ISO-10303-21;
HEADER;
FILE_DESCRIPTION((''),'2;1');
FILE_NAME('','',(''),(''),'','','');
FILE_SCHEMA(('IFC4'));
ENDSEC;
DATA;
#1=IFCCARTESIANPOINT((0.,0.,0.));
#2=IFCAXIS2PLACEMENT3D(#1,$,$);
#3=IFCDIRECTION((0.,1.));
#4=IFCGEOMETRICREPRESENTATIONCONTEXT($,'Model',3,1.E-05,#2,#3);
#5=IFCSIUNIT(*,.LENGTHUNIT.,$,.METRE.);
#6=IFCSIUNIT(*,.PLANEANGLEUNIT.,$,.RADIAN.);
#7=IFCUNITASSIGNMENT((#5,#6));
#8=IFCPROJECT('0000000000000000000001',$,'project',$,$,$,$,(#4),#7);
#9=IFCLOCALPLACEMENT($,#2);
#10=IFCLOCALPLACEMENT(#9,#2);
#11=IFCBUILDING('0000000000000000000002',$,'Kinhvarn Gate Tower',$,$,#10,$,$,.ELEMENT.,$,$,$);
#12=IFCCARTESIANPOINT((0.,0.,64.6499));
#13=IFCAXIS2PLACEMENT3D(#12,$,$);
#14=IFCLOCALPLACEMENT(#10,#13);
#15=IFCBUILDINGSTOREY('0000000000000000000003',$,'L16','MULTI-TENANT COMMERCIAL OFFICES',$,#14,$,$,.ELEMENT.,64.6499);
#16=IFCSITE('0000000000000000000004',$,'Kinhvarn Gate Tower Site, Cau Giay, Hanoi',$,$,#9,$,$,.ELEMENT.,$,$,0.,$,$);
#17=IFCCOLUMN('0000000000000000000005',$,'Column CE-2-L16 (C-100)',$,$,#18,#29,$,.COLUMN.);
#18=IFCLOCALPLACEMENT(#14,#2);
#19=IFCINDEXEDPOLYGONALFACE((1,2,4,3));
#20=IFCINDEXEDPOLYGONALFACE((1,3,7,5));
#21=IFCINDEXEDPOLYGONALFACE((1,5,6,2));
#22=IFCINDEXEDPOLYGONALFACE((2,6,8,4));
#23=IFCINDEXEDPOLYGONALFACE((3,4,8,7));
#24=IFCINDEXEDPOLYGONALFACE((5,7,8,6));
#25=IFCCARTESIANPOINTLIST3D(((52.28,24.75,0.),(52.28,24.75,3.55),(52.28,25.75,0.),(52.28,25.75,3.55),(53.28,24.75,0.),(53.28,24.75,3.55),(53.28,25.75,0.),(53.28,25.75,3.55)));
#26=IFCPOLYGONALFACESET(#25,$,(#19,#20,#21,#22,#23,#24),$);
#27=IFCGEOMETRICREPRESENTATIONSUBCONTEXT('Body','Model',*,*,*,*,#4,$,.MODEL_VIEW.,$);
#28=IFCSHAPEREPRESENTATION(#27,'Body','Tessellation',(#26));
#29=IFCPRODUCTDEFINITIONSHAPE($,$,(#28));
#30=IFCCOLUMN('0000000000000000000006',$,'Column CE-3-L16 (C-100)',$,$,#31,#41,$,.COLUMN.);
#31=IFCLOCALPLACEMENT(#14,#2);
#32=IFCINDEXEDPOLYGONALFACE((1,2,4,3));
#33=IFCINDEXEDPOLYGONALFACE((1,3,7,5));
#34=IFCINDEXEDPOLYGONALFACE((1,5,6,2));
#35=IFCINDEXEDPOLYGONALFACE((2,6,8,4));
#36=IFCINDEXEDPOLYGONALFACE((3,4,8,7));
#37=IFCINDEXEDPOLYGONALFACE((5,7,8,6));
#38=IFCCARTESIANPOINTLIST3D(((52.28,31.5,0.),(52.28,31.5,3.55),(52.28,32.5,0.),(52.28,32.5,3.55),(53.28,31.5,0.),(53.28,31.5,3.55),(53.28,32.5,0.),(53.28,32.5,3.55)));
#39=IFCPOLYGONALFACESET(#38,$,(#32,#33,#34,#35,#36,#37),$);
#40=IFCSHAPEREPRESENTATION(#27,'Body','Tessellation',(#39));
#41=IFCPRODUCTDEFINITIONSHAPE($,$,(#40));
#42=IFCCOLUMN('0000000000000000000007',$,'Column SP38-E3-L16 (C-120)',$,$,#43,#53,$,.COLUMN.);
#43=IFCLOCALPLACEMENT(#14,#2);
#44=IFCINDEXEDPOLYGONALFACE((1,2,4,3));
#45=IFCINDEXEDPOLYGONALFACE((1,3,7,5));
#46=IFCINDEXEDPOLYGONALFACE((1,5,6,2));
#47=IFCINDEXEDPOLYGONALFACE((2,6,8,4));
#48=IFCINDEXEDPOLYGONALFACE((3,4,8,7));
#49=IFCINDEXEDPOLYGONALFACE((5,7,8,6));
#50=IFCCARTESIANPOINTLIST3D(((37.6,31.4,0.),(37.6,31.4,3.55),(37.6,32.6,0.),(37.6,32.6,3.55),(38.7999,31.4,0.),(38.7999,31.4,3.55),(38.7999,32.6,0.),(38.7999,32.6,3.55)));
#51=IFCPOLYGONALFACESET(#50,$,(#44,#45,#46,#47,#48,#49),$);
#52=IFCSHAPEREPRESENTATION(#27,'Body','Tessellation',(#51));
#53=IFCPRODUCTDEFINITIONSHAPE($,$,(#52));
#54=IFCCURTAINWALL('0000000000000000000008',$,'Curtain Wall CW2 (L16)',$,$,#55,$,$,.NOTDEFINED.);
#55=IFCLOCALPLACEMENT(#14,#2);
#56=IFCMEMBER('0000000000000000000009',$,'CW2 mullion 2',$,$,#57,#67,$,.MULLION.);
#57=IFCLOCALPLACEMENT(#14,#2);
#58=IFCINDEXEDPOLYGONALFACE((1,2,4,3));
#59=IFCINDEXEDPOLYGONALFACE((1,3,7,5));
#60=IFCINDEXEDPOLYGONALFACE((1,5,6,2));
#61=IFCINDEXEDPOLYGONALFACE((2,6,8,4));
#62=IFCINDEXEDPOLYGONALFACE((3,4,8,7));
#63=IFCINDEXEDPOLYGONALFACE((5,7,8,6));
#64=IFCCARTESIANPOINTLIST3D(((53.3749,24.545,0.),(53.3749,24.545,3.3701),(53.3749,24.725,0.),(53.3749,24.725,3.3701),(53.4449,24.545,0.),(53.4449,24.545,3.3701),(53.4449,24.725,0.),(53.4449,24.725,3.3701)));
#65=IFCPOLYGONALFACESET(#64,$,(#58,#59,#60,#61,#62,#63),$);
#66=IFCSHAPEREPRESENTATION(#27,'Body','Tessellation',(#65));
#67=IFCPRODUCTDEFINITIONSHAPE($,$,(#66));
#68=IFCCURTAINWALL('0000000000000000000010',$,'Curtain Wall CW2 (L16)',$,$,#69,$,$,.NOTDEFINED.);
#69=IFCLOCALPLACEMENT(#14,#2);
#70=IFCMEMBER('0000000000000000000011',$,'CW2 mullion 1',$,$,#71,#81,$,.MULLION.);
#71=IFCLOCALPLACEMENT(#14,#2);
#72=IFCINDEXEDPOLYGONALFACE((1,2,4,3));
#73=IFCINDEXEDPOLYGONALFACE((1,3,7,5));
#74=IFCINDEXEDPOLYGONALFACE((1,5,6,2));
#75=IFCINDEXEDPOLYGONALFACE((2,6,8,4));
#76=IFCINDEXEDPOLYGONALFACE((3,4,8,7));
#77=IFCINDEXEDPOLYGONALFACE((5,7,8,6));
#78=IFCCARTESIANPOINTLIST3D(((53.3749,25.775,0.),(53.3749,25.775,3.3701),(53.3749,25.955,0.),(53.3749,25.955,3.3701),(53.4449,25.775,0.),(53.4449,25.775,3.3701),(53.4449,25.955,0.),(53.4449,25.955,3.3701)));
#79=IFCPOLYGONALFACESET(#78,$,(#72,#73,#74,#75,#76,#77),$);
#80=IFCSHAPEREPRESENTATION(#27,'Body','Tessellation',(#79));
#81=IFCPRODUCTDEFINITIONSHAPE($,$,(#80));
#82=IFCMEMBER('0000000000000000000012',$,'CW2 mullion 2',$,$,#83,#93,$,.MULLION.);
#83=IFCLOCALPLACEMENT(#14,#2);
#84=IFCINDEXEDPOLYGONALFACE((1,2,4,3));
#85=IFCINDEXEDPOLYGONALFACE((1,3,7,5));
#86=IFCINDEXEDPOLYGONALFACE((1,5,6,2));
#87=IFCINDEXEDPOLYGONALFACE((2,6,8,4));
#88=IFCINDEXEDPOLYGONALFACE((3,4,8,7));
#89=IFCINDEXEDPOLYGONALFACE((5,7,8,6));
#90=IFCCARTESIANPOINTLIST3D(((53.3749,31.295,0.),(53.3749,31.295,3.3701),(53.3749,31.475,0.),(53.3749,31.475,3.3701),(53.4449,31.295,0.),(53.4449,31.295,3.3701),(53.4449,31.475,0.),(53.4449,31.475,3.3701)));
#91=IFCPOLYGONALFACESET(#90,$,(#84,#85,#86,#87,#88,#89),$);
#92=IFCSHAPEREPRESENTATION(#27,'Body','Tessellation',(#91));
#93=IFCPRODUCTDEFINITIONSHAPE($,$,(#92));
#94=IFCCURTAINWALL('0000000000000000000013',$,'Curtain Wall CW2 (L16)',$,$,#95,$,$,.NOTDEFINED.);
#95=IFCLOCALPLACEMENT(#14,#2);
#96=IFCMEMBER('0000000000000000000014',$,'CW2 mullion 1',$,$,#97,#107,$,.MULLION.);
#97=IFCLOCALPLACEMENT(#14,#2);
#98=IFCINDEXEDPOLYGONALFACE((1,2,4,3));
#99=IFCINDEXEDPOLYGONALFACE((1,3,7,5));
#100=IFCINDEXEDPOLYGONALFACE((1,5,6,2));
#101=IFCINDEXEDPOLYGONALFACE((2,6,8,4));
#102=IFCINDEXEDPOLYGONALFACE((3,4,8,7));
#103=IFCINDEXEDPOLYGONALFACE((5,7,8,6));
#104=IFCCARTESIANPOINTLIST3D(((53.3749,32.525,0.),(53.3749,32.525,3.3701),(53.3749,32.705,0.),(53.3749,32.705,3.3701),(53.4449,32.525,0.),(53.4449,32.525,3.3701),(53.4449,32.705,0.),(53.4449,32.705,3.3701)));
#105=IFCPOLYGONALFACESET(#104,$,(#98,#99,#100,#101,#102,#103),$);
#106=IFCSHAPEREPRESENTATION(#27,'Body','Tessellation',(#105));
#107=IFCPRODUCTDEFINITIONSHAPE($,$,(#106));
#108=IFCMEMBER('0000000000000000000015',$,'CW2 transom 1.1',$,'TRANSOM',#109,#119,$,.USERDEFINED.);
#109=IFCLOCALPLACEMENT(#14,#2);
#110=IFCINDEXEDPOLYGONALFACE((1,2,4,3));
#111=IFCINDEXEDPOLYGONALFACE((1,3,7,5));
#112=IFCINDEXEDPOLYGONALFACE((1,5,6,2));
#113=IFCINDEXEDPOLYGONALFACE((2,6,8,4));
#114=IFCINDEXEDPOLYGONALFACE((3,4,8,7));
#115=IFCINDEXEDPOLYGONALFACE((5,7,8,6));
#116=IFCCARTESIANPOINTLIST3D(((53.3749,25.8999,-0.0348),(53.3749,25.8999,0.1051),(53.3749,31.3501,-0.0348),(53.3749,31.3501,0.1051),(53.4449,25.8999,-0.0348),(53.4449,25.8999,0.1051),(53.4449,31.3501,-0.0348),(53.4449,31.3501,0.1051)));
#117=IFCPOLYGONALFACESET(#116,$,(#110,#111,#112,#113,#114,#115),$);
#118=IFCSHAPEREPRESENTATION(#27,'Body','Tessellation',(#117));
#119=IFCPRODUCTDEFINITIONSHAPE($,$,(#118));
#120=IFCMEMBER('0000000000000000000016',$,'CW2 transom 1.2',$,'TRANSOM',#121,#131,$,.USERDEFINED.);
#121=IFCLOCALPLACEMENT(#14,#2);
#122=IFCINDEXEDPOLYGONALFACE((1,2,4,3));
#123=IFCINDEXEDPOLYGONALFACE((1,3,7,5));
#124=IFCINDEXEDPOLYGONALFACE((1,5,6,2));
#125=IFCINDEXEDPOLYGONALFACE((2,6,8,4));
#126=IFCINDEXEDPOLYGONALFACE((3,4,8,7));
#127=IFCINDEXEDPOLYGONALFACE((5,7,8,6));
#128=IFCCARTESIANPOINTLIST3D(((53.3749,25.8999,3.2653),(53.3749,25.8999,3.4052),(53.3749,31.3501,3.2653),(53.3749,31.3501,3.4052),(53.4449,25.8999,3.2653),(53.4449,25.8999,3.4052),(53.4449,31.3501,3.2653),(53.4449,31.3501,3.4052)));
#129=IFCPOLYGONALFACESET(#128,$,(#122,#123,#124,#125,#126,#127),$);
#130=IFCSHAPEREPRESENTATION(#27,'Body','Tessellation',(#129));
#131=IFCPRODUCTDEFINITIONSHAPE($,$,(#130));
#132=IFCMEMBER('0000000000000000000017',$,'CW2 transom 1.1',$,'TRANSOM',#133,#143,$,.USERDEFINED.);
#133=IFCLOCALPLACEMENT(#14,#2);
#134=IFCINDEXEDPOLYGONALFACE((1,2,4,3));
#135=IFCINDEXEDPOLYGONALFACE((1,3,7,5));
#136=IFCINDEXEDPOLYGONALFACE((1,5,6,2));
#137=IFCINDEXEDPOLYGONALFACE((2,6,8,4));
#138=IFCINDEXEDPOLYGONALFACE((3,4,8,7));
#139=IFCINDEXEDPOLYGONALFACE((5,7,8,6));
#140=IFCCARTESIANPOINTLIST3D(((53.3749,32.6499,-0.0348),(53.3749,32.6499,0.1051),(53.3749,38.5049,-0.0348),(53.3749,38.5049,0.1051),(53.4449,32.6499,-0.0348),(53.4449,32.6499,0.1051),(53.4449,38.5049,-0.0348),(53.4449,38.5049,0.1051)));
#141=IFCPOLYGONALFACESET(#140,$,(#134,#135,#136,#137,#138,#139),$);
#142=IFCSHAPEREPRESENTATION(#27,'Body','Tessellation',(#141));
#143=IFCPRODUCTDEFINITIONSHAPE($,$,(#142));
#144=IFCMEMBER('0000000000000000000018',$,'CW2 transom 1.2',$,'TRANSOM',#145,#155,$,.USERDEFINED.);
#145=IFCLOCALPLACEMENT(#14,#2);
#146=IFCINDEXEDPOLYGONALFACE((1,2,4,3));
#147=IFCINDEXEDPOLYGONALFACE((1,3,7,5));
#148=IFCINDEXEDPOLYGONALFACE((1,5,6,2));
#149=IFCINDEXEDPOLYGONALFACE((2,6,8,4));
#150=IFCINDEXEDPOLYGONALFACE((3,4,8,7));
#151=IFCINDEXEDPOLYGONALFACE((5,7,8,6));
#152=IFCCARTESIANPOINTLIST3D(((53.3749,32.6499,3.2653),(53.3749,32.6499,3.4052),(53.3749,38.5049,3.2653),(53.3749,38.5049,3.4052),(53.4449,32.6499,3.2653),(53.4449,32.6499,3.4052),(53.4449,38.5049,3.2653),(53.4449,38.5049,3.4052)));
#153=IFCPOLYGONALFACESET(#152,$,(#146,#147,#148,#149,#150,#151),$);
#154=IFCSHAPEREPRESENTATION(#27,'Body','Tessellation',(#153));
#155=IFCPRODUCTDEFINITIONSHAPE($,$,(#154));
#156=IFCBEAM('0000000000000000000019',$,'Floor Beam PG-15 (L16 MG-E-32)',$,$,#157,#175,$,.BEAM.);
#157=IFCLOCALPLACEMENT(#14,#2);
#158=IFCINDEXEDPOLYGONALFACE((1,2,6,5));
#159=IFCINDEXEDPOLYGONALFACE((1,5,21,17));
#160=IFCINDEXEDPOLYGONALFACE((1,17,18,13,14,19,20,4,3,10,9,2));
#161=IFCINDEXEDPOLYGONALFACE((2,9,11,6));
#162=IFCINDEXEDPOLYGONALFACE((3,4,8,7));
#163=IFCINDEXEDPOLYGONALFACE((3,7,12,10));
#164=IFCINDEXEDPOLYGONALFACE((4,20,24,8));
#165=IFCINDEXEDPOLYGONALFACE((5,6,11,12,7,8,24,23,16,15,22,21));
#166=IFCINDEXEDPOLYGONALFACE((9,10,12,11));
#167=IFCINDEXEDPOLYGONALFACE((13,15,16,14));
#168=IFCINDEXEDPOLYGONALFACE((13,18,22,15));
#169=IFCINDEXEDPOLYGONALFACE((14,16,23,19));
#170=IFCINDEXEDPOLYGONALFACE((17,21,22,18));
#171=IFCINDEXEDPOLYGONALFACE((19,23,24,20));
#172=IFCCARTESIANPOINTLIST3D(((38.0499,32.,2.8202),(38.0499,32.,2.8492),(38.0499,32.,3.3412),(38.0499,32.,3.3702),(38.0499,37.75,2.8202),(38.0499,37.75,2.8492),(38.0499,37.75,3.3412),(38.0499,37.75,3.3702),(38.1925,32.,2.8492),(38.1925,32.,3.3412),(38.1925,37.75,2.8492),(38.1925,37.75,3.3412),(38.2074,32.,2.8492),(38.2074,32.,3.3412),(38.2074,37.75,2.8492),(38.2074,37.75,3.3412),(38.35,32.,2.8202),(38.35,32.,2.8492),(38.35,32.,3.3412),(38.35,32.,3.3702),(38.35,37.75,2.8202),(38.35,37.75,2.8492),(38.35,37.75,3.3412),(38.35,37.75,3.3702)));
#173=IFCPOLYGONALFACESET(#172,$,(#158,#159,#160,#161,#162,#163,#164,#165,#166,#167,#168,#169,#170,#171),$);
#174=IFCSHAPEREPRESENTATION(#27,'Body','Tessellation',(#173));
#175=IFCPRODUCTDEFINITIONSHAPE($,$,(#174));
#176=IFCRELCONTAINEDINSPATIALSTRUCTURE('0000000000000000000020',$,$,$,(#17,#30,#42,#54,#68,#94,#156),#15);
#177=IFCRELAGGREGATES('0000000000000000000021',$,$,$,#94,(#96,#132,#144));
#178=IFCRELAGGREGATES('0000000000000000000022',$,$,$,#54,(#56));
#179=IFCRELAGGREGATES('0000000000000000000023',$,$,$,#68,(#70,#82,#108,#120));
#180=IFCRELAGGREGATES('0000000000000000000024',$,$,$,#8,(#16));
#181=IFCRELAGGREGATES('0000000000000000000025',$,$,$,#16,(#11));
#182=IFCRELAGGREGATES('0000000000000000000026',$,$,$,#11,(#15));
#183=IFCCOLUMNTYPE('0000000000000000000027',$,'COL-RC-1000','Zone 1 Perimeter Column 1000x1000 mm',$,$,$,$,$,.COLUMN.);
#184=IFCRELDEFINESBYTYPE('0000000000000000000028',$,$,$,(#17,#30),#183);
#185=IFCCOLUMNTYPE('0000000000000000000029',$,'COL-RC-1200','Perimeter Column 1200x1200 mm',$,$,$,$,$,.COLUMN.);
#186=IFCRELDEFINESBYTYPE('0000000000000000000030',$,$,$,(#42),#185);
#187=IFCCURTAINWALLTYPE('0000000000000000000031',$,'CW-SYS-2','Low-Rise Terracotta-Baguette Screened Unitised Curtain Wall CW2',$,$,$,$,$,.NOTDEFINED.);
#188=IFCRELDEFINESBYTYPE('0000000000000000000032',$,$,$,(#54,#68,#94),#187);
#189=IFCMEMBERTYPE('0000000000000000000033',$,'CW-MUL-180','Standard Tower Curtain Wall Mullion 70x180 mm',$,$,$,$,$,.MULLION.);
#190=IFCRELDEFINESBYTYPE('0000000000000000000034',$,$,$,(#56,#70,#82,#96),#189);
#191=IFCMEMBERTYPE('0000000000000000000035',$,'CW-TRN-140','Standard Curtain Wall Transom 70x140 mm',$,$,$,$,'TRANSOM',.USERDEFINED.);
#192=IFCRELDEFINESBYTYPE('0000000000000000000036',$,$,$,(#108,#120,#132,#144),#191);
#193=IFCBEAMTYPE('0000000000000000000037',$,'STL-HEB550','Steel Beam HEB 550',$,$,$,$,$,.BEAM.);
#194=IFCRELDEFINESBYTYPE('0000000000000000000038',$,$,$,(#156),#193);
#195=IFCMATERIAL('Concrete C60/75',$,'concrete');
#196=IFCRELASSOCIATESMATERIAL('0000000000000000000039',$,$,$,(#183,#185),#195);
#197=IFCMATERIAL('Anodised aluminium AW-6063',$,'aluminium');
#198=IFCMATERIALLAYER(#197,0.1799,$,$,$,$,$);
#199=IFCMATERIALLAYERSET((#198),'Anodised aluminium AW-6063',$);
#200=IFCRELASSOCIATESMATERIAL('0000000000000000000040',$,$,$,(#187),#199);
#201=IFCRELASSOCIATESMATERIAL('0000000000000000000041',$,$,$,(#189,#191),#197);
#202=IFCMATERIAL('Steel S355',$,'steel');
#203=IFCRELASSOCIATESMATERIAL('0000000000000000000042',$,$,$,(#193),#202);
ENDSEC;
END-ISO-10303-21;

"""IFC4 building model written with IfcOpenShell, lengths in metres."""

from ifc_helpers import new_model, si_unit, direction, frame, origin, origin_2d, place, context, subcontext, project, spatial, rectangle, i_section, extrude, material, layer, layer_set, material_profile, profile_set, type_object, element, aggregate, save


model = new_model("IFC4")

# Units and contexts
model_context = context("Model", 3, precision=1e-05, world=origin(), true_north=direction((0.0, 1.0)))
body_context = subcontext(model_context, "Body", "Model", "MODEL_VIEW")
ifc_project = project(units=[si_unit("LENGTHUNIT", "METRE"), si_unit("PLANEANGLEUNIT", "RADIAN")], contexts=[model_context])

# Site, building, storey
site_placement = place(None, origin())
site = spatial("IfcSite", under=ifc_project, at=site_placement, Name="Kinhvarn Gate Tower Site, Cau Giay, Hanoi", CompositionType="ELEMENT", RefElevation=0.0)
building_placement = place(site_placement, origin())
building = spatial("IfcBuilding", under=site, at=building_placement, Name="Kinhvarn Gate Tower", CompositionType="ELEMENT")
storey_placement = place(building_placement, frame((0.0, 0.0, 64.6499)))
storey = spatial("IfcBuildingStorey", under=building, at=storey_placement, Name="L16", Description="MULTI-TENANT COMMERCIAL OFFICES", CompositionType="ELEMENT", Elevation=64.6499)

# Columns
ifc_material_1 = material(Name="Concrete C60/75", Category="concrete")
ifc_material_profile_1 = material_profile(ifc_material_1, rectangle(XDim=1.0, YDim=1.0, at=origin_2d()), Name="RC 1000x1000")
ifc_profile_set_1 = profile_set([ifc_material_profile_1], Name="Concrete C60/75")
column_type_1 = type_object("IfcColumnType", Name="COL-RC-1000", Description="Zone 1 Perimeter Column 1000x1000 mm", PredefinedType="COLUMN", material=ifc_profile_set_1)
for number, where, z_axis, x_axis, name in (
    (1, (52.78, 25.25, 0.0), (0.0, 0.0, 1.0), (1.0, 0.0, 0.0), "Column CE-2-L16 (C-100)"),
    (2, (52.78, 32.0, 0.0), (0.0, 0.0, 1.0), (1.0, 0.0, 0.0), "Column CE-3-L16 (C-100)"),
):
    element("IfcColumn", number, at=place(storey_placement, frame(where, z_axis=z_axis, x_axis=x_axis)), inside=storey, type_object=column_type_1, Name=name, PredefinedType="COLUMN", context=body_context, shape_type="SweptSolid", body=[
        extrude(rectangle(XDim=1.0, YDim=1.0, at=origin_2d()), origin(), (0.0, 0.0, 1.0), 3.55),
    ])
ifc_material_profile_2 = material_profile(ifc_material_1, rectangle(XDim=1.2, YDim=1.2, at=origin_2d()), Name="RC 1200x1200")
ifc_profile_set_2 = profile_set([ifc_material_profile_2], Name="Concrete C60/75")
column_type_2 = type_object("IfcColumnType", Name="COL-RC-1200", Description="Perimeter Column 1200x1200 mm", PredefinedType="COLUMN", material=ifc_profile_set_2)
column_placement = place(storey_placement, frame((38.2, 32.0, 0.0), z_axis=(0.0, 0.0, 1.0), x_axis=(1.0, 0.0, 0.0)))
element("IfcColumn", 3, at=column_placement, inside=storey, type_object=column_type_2, Name="Column SP38-E3-L16 (C-120)", PredefinedType="COLUMN", context=body_context, shape_type="SweptSolid", body=[
    extrude(rectangle(XDim=1.2, YDim=1.2, at=origin_2d()), origin(), (0.0, 0.0, 1.0), 3.55),
])

# Curtain wall, member
ifc_material_2 = material(Name="Anodised aluminium AW-6063", Category="aluminium")
ifc_layer_1 = layer(ifc_material_2, 0.1799)
ifc_layer_set_1 = layer_set([ifc_layer_1], Name="Anodised aluminium AW-6063")
curtain_wall_type = type_object("IfcCurtainWallType", Name="CW-SYS-2", Description="Low-Rise Terracotta-Baguette Screened Unitised Curtain Wall CW2", PredefinedType="NOTDEFINED", material=ifc_layer_set_1)
curtain_wall_1_placement = place(storey_placement, origin())
curtain_wall_1 = element("IfcCurtainWall", 4, at=curtain_wall_1_placement, inside=storey, type_object=curtain_wall_type, Name="Curtain Wall CW2 (L16)", PredefinedType="NOTDEFINED")
ifc_material_profile_3 = material_profile(ifc_material_2, rectangle(XDim=0.0701, YDim=0.1799, at=origin_2d()), Name="ALU 70x180")
ifc_profile_set_3 = profile_set([ifc_material_profile_3], Name="Anodised aluminium AW-6063")
member_type_1 = type_object("IfcMemberType", Name="CW-MUL-180", Description="Standard Tower Curtain Wall Mullion 70x180 mm", PredefinedType="MULLION", material=ifc_profile_set_3)
member_1_placement = place(storey_placement, frame((53.4099, 24.635, 0.0), z_axis=(0.0, 0.0, 1.0), x_axis=(-1.0, 0.0, 0.0)))
member_1 = element("IfcMember", 5, at=member_1_placement, type_object=member_type_1, Name="CW2 mullion 2", PredefinedType="MULLION", context=body_context, shape_type="SweptSolid", body=[
    extrude(rectangle(XDim=0.0701, YDim=0.1799, at=origin_2d()), origin(), (0.0, 0.0, 1.0), 3.3701),
])

# Curtain wall, members
curtain_wall_2_placement = place(storey_placement, origin())
curtain_wall_2 = element("IfcCurtainWall", 6, at=curtain_wall_2_placement, inside=storey, type_object=curtain_wall_type, Name="Curtain Wall CW2 (L16)", PredefinedType="NOTDEFINED")
member_2_placement = place(storey_placement, frame((53.4099, 25.865, 0.0), z_axis=(0.0, 0.0, 1.0), x_axis=(-1.0, 0.0, 0.0)))
member_2 = element("IfcMember", 7, at=member_2_placement, type_object=member_type_1, Name="CW2 mullion 1", PredefinedType="MULLION", context=body_context, shape_type="SweptSolid", body=[
    extrude(rectangle(XDim=0.0701, YDim=0.1799, at=origin_2d()), origin(), (0.0, 0.0, 1.0), 3.3701),
])
member_3_placement = place(storey_placement, frame((53.4099, 31.385, 0.0), z_axis=(0.0, 0.0, 1.0), x_axis=(-1.0, 0.0, 0.0)))
member_3 = element("IfcMember", 8, at=member_3_placement, type_object=member_type_1, Name="CW2 mullion 2", PredefinedType="MULLION", context=body_context, shape_type="SweptSolid", body=[
    extrude(rectangle(XDim=0.0701, YDim=0.1799, at=origin_2d()), origin(), (0.0, 0.0, 1.0), 3.3701),
])

# Curtain wall, member
curtain_wall_3_placement = place(storey_placement, origin())
curtain_wall_3 = element("IfcCurtainWall", 9, at=curtain_wall_3_placement, inside=storey, type_object=curtain_wall_type, Name="Curtain Wall CW2 (L16)", PredefinedType="NOTDEFINED")
member_4_placement = place(storey_placement, frame((53.4099, 32.615, 0.0), z_axis=(0.0, 0.0, 1.0), x_axis=(-1.0, 0.0, 0.0)))
member_4 = element("IfcMember", 10, at=member_4_placement, type_object=member_type_1, Name="CW2 mullion 1", PredefinedType="MULLION", context=body_context, shape_type="SweptSolid", body=[
    extrude(rectangle(XDim=0.0701, YDim=0.1799, at=origin_2d()), origin(), (0.0, 0.0, 1.0), 3.3701),
])

# Members
ifc_material_profile_4 = material_profile(ifc_material_2, rectangle(XDim=0.0701, YDim=0.1399, at=origin_2d()), Name="ALU 70x140")
ifc_profile_set_4 = profile_set([ifc_material_profile_4], Name="Anodised aluminium AW-6063")
member_type_2 = type_object("IfcMemberType", Name="CW-TRN-140", Description="Standard Curtain Wall Transom 70x140 mm", ElementType="TRANSOM", PredefinedType="USERDEFINED", material=ifc_profile_set_4)
member_5_placement = place(storey_placement, frame((53.4099, 25.8999, 0.0352), z_axis=(0.0, 1.0, 0.0), x_axis=(-1.0, 0.0, 0.0)))
member_5 = element("IfcMember", 11, at=member_5_placement, type_object=member_type_2, Name="CW2 transom 1.1", ObjectType="TRANSOM", PredefinedType="USERDEFINED", context=body_context, shape_type="SweptSolid", body=[
    extrude(rectangle(XDim=0.0701, YDim=0.1399, at=origin_2d()), origin(), (0.0, 0.0, 1.0), 5.4502),
])
member_6_placement = place(storey_placement, frame((53.4099, 25.8999, 3.3352), z_axis=(0.0, 1.0, 0.0), x_axis=(-1.0, 0.0, 0.0)))
member_6 = element("IfcMember", 12, at=member_6_placement, type_object=member_type_2, Name="CW2 transom 1.2", ObjectType="TRANSOM", PredefinedType="USERDEFINED", context=body_context, shape_type="SweptSolid", body=[
    extrude(rectangle(XDim=0.0701, YDim=0.1399, at=origin_2d()), origin(), (0.0, 0.0, 1.0), 5.4502),
])
member_7_placement = place(storey_placement, frame((53.4099, 32.6499, 0.0352), z_axis=(0.0, 1.0, 0.0), x_axis=(-1.0, 0.0, 0.0)))
member_7 = element("IfcMember", 13, at=member_7_placement, type_object=member_type_2, Name="CW2 transom 1.1", ObjectType="TRANSOM", PredefinedType="USERDEFINED", context=body_context, shape_type="SweptSolid", body=[
    extrude(rectangle(XDim=0.0701, YDim=0.1399, at=origin_2d()), origin(), (0.0, 0.0, 1.0), 5.855),
])
member_8_placement = place(storey_placement, frame((53.4099, 32.6499, 3.3352), z_axis=(0.0, 1.0, 0.0), x_axis=(-1.0, 0.0, 0.0)))
member_8 = element("IfcMember", 14, at=member_8_placement, type_object=member_type_2, Name="CW2 transom 1.2", ObjectType="TRANSOM", PredefinedType="USERDEFINED", context=body_context, shape_type="SweptSolid", body=[
    extrude(rectangle(XDim=0.0701, YDim=0.1399, at=origin_2d()), origin(), (0.0, 0.0, 1.0), 5.855),
])
aggregate(curtain_wall_3, [member_4, member_7, member_8])

# Beam
ifc_material_3 = material(Name="Steel S355", Category="steel")
ifc_material_profile_5 = material_profile(ifc_material_3, i_section(OverallWidth=0.3, OverallDepth=0.55, WebThickness=0.0149, FlangeThickness=0.0291, at=origin_2d()), Name="HEB 550")
ifc_profile_set_5 = profile_set([ifc_material_profile_5], Name="Steel S355")
beam_type_1 = type_object("IfcBeamType", Name="STL-HEB550", Description="Steel Beam HEB 550", PredefinedType="BEAM", material=ifc_profile_set_5)
beam_1_placement = place(storey_placement, frame((38.2, 32.0, 3.0952), z_axis=(0.0, 1.0, 0.0), x_axis=(-1.0, 0.0, 0.0)))
element("IfcBeam", 15, at=beam_1_placement, inside=storey, type_object=beam_type_1, Name="Floor Beam PG-15 (L16 MG-E-32)", PredefinedType="BEAM", context=body_context, shape_type="SweptSolid", body=[
    extrude(i_section(OverallWidth=0.3, OverallDepth=0.55, WebThickness=0.0149, FlangeThickness=0.0291, at=origin_2d()), origin(), (0.0, 0.0, 1.0), 5.75),
])

aggregate(curtain_wall_1, [member_1])
aggregate(curtain_wall_2, [member_2, member_3, member_5, member_6])

save(model, "model.ifc")
